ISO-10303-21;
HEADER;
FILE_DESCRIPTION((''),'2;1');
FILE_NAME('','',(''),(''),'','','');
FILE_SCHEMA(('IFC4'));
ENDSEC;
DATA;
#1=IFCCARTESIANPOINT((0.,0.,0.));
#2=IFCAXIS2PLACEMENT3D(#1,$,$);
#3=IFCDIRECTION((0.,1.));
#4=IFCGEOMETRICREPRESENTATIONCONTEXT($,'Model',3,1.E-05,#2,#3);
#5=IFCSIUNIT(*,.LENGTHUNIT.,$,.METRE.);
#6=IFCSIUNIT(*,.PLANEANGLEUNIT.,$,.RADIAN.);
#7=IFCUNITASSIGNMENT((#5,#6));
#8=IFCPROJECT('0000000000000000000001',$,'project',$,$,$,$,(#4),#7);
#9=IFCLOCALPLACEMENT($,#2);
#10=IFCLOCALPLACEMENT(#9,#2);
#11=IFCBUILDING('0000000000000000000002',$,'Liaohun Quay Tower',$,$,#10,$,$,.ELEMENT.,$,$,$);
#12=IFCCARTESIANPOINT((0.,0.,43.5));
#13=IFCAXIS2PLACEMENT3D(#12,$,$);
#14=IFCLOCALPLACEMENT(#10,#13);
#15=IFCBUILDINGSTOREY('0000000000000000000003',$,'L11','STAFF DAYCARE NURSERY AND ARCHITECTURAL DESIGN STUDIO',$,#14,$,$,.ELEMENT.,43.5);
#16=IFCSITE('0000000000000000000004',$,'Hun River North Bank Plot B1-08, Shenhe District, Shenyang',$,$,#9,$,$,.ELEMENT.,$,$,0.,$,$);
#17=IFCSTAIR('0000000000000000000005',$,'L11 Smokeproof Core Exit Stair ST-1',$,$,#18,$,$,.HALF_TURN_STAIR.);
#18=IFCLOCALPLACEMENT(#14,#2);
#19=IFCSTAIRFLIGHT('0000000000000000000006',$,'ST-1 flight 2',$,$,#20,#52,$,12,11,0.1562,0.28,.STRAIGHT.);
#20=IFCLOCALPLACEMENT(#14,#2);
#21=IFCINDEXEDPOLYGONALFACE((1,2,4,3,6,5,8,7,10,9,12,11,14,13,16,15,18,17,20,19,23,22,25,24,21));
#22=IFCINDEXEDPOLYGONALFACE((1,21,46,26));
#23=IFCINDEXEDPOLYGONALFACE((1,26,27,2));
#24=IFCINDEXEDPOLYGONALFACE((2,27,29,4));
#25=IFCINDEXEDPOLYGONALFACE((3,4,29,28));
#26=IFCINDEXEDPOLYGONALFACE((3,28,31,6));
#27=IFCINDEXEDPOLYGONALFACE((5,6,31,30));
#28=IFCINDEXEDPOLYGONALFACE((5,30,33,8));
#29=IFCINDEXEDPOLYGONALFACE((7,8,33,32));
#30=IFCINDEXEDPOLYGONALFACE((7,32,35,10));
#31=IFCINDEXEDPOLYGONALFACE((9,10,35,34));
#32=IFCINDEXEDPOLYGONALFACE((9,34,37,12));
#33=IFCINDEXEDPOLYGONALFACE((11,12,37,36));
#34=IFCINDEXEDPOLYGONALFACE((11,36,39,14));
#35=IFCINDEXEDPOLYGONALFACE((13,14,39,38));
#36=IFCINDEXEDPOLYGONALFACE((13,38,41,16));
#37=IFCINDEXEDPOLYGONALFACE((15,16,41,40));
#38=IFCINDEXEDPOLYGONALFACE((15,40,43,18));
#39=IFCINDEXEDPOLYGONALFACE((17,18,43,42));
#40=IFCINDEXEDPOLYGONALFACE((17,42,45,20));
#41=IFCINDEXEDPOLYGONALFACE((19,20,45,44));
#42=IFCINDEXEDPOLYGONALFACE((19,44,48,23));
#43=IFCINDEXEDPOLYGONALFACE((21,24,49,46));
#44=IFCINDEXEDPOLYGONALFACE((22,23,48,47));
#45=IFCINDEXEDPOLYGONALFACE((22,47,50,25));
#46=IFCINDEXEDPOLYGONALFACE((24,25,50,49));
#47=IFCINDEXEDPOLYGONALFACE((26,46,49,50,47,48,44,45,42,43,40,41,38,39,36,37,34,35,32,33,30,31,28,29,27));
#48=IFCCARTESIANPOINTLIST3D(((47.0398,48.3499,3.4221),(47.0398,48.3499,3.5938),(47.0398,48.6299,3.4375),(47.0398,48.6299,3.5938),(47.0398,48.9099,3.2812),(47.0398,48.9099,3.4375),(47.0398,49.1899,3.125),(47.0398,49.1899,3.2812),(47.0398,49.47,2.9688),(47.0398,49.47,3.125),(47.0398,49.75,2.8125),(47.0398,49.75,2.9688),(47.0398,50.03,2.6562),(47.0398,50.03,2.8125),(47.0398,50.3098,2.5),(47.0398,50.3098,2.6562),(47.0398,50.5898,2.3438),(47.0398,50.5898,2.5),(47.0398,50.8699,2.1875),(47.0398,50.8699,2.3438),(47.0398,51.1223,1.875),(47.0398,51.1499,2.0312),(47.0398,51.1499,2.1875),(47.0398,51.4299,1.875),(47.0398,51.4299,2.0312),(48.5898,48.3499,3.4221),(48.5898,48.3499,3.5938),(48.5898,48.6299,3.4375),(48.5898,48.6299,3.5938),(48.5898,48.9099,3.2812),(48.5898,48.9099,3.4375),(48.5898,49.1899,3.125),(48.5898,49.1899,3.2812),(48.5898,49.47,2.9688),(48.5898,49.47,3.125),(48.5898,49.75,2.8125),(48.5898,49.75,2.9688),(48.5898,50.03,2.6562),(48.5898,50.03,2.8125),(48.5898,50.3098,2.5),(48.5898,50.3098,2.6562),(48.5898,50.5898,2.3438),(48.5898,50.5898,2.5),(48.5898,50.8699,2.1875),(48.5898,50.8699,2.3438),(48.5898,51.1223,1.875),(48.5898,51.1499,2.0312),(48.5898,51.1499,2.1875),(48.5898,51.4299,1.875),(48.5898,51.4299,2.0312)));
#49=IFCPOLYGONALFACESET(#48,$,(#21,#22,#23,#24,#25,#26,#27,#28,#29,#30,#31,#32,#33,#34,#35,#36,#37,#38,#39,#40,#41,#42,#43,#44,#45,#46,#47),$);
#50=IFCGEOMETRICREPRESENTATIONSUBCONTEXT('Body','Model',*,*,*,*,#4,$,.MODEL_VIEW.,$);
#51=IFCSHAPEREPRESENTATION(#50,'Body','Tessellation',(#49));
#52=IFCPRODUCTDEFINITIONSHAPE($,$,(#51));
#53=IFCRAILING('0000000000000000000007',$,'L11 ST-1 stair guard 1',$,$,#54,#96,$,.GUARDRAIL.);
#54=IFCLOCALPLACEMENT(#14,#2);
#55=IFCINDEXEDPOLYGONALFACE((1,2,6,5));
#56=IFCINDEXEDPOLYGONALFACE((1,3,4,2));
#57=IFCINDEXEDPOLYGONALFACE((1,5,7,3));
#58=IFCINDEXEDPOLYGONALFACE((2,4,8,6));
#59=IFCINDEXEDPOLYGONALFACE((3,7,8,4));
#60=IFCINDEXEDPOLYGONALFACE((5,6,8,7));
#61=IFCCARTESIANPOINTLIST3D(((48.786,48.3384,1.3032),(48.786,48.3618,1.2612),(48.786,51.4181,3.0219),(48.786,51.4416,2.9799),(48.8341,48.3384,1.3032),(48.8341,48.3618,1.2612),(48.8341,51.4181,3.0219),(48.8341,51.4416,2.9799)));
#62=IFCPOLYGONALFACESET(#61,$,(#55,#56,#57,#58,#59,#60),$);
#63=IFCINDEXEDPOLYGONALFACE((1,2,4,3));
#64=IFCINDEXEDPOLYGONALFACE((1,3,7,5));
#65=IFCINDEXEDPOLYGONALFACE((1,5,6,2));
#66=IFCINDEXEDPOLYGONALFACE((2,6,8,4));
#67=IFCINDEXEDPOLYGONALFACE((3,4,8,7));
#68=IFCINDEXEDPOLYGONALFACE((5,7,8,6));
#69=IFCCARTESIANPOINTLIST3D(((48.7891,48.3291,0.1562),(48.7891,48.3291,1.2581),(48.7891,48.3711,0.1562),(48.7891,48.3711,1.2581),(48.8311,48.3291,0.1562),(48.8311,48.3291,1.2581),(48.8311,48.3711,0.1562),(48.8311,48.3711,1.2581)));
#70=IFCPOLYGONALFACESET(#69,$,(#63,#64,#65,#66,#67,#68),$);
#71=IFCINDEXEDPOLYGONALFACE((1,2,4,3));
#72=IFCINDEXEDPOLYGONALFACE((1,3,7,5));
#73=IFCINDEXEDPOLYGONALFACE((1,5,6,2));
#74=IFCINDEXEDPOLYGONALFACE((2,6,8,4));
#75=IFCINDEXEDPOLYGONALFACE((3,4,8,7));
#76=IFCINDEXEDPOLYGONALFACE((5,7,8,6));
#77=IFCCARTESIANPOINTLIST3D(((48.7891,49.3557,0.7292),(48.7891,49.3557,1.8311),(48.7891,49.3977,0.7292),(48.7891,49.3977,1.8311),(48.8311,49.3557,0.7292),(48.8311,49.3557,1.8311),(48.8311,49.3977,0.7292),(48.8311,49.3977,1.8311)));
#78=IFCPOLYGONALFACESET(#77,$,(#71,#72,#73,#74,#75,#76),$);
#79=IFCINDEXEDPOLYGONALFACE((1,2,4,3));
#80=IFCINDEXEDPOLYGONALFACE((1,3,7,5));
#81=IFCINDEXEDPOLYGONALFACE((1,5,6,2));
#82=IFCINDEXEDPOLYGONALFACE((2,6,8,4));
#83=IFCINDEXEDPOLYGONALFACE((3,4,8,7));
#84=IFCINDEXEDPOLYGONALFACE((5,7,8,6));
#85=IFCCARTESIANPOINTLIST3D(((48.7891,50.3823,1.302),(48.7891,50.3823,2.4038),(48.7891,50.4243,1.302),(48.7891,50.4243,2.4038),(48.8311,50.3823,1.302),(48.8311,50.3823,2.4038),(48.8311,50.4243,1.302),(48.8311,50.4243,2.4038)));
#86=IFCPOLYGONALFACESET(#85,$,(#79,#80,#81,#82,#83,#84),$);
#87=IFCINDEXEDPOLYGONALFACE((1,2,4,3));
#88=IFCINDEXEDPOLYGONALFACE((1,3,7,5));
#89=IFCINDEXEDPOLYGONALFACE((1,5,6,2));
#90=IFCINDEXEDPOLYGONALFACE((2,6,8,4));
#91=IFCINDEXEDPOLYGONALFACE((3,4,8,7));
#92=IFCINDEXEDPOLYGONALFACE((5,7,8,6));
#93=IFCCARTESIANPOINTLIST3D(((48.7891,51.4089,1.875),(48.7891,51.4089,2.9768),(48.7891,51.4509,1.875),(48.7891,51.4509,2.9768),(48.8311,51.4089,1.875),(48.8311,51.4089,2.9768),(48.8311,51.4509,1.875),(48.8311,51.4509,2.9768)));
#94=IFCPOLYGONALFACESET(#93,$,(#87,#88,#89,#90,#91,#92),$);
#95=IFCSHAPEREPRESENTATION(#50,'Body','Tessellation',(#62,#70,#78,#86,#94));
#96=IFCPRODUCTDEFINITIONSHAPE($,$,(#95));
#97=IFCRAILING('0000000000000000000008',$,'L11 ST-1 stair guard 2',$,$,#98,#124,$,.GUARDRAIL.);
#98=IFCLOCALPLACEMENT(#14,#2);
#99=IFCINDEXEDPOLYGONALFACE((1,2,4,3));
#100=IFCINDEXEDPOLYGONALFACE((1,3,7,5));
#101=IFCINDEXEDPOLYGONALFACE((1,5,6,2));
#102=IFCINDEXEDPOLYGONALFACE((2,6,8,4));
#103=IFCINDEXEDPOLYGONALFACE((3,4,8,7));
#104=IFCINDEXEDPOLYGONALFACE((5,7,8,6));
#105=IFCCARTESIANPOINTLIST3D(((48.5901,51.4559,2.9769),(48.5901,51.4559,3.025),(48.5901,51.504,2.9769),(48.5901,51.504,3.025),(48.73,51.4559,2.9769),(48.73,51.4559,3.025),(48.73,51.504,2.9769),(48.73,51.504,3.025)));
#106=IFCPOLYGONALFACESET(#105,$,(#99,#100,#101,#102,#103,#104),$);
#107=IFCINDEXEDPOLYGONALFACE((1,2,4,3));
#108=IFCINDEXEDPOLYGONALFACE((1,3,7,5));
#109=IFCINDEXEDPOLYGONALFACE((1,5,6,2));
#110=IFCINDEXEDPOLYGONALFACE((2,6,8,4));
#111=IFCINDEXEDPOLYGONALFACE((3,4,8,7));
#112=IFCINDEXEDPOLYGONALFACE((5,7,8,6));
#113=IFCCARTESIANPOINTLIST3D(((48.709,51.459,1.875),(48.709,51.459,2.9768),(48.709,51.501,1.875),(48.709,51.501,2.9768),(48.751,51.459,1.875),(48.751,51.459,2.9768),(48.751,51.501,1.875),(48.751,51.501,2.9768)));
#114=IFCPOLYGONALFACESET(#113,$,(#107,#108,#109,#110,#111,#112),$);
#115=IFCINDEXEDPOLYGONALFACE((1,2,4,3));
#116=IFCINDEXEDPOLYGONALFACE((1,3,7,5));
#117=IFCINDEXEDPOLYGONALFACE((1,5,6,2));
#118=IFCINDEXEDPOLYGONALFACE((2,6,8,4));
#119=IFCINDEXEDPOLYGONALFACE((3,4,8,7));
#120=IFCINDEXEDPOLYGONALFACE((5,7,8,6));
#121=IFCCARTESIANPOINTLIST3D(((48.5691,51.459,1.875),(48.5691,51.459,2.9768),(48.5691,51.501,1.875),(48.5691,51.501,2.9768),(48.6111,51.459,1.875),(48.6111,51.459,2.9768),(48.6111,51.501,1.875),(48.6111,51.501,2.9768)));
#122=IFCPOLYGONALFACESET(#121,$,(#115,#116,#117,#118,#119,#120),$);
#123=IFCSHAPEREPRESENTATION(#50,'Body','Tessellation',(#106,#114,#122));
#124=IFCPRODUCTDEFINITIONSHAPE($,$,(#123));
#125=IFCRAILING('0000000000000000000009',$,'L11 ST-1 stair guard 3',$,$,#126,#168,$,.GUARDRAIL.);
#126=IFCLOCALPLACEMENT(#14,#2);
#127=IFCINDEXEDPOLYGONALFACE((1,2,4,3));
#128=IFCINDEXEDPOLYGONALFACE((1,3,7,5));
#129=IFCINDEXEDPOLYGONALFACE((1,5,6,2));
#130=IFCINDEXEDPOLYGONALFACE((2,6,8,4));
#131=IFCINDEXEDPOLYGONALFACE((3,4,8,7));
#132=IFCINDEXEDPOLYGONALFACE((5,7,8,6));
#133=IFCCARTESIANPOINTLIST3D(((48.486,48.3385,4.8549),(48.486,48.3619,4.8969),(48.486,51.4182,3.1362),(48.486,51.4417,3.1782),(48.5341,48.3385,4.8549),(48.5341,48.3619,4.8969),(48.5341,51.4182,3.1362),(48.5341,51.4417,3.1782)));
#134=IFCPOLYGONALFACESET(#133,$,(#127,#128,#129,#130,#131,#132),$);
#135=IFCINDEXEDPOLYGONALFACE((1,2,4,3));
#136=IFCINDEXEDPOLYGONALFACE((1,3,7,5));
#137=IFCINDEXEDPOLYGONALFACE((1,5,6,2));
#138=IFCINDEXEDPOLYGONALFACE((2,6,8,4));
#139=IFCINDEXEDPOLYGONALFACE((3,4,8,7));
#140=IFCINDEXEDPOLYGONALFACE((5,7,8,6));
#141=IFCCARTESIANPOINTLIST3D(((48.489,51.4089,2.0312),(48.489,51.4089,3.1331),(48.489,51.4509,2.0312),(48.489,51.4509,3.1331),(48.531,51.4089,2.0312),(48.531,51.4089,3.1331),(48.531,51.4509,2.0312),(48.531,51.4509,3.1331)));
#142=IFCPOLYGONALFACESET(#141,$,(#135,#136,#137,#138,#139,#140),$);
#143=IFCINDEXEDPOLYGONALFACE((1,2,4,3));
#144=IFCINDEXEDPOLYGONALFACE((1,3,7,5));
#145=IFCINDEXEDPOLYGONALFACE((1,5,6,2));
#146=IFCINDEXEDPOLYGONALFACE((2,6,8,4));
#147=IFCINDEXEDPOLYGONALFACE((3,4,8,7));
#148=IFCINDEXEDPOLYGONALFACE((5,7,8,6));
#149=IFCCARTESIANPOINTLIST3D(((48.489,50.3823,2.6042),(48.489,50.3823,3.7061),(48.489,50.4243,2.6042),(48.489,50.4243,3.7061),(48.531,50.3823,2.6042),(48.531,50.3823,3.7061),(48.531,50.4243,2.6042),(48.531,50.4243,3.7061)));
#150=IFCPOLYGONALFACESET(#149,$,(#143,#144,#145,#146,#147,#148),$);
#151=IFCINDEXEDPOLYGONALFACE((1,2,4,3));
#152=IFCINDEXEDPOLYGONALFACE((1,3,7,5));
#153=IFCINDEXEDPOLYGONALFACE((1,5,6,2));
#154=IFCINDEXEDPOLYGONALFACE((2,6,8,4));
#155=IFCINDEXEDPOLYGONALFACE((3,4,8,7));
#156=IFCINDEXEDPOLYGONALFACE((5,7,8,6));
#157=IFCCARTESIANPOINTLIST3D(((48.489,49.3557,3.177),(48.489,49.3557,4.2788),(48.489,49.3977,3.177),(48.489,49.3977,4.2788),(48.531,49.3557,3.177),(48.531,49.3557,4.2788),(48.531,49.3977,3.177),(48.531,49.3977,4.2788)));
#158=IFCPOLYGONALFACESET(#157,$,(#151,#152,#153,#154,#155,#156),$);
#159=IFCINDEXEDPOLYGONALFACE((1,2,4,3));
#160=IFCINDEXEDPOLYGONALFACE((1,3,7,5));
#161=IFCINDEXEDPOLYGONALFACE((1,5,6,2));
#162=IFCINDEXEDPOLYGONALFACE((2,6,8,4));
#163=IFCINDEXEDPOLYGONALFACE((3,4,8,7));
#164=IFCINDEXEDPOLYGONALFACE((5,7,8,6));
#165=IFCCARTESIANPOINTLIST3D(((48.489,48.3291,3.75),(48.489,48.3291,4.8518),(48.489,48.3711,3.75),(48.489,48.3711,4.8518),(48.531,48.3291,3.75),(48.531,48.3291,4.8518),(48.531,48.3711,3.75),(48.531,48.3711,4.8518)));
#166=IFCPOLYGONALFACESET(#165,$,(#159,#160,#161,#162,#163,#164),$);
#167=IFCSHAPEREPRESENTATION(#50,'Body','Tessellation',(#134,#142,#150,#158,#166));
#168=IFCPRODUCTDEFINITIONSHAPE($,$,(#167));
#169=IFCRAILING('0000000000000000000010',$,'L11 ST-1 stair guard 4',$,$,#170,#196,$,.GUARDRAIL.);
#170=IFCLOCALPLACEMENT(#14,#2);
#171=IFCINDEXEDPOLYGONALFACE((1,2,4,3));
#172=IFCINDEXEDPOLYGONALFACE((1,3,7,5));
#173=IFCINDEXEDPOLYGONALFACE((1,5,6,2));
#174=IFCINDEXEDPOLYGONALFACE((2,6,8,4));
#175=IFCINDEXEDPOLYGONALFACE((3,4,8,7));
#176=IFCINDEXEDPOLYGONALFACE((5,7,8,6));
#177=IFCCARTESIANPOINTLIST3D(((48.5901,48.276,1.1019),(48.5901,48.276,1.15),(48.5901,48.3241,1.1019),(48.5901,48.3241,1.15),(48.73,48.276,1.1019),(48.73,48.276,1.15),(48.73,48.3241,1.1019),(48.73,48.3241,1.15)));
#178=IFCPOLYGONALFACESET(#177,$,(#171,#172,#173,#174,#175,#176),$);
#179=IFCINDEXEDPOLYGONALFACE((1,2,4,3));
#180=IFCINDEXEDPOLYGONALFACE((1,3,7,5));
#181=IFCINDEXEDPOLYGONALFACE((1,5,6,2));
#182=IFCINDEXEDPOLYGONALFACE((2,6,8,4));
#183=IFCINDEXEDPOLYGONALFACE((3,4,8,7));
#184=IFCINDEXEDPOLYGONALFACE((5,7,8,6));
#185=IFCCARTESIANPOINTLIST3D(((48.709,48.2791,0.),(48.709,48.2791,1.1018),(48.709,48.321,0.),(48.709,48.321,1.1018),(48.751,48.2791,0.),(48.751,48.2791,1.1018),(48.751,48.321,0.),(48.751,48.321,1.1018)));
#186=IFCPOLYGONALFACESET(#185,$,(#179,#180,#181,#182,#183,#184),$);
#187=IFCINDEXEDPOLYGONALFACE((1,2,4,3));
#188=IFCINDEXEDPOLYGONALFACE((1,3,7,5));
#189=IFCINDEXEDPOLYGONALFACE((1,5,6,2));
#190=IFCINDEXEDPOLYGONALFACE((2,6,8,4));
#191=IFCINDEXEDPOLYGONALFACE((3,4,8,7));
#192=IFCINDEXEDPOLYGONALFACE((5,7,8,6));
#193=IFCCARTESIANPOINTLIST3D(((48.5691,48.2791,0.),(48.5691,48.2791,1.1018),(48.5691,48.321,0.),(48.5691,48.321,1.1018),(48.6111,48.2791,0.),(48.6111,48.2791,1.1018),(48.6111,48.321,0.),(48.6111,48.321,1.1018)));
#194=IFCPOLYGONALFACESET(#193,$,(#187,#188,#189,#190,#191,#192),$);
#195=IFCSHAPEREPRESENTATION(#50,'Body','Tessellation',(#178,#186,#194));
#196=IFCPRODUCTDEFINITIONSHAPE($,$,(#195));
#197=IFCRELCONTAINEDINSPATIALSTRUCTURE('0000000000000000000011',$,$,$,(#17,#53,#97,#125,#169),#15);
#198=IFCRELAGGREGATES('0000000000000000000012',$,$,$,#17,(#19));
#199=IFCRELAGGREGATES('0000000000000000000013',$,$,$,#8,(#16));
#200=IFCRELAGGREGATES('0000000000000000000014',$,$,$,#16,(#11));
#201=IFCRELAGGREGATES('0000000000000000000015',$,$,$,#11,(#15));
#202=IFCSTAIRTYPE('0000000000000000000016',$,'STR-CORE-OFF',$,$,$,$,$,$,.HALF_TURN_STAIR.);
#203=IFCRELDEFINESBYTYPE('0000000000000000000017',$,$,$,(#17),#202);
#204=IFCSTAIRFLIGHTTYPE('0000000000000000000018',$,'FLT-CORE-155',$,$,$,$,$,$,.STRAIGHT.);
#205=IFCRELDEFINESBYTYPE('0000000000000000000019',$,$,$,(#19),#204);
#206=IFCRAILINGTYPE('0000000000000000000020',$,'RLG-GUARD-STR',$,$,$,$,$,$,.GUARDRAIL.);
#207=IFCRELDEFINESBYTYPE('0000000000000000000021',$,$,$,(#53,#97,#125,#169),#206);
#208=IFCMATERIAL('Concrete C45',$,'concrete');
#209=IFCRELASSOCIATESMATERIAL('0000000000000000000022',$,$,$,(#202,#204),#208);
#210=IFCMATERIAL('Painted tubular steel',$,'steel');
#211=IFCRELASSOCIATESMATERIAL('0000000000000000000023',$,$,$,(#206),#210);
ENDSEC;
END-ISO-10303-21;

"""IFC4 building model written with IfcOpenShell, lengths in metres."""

from ifc_helpers import new_model, si_unit, direction, frame, origin, origin_2d, place, context, subcontext, project, spatial, polyline, rectangle, outline, extrude, material, type_object, element, aggregate, save


model = new_model("IFC4")

# Units and contexts
model_context = context("Model", 3, precision=1e-05, world=origin(), true_north=direction((0.0, 1.0)))
body_context = subcontext(model_context, "Body", "Model", "MODEL_VIEW")
ifc_project = project(units=[si_unit("LENGTHUNIT", "METRE"), si_unit("PLANEANGLEUNIT", "RADIAN")], contexts=[model_context])

# Site, building, storey
site_placement = place(None, origin())
site = spatial("IfcSite", under=ifc_project, at=site_placement, Name="Hun River North Bank Plot B1-08, Shenhe District, Shenyang", CompositionType="ELEMENT", RefElevation=0.0)
building_placement = place(site_placement, origin())
building = spatial("IfcBuilding", under=site, at=building_placement, Name="Liaohun Quay Tower", CompositionType="ELEMENT")
storey_placement = place(building_placement, frame((0.0, 0.0, 43.5)))
storey = spatial("IfcBuildingStorey", under=building, at=storey_placement, Name="L11", Description="STAFF DAYCARE NURSERY AND ARCHITECTURAL DESIGN STUDIO", CompositionType="ELEMENT", Elevation=43.5)

# Stair, stair flight
ifc_material_1 = material(Name="Concrete C45", Category="concrete")
stair_type = type_object("IfcStairType", Name="STR-CORE-OFF", PredefinedType="HALF_TURN_STAIR", material=ifc_material_1)
stair_placement = place(storey_placement, origin())
stair = element("IfcStair", 1, at=stair_placement, inside=storey, type_object=stair_type, Name="L11 Smokeproof Core Exit Stair ST-1", PredefinedType="HALF_TURN_STAIR")
stair_flight_type = type_object("IfcStairFlightType", Name="FLT-CORE-155", PredefinedType="STRAIGHT", material=ifc_material_1)
stair_flight_1_placement = place(storey_placement, frame((47.8149, 51.4299, 1.875), z_axis=(0.0, 0.0, 1.0), x_axis=(0.0, -1.0, 0.0)))
stair_flight_1 = element("IfcStairFlight", 2, at=stair_flight_1_placement, type_object=stair_flight_type, Name="ST-1 flight 2", NumberOfRisers=12, NumberOfTreads=11, PredefinedType="STRAIGHT", RiserHeight=0.1562, TreadLength=0.28, context=body_context, shape_type="SweptSolid", body=[
    extrude(outline(polyline([(0.0, 0.0), (0.0, 0.1562), (0.28, 0.1562), (0.28, 0.3125), (0.5601, 0.3125), (0.5601, 0.4688), (0.8401, 0.4688), (0.8401, 0.625), (1.1201, 0.625), (1.1201, 0.7812), (1.3999, 0.7812), (1.3999, 0.9375), (1.6799, 0.9375), (1.6799, 1.0938), (1.96, 1.0938), (1.96, 1.25), (2.24, 1.25), (2.24, 1.4062), (2.52, 1.4062), (2.52, 1.5625), (2.8, 1.5625), (2.8, 1.7188), (3.0801, 1.7188), (3.0801, 1.875), (3.0801, 1.5471), (0.3076, 0.0), (0.0, 0.0)])), frame((0.0, 0.7749, 0.0), z_axis=(0.0, -1.0, 0.0), x_axis=(1.0, 0.0, 0.0)), (0.0, 0.0, 1.0), 1.55),
])
aggregate(stair, [stair_flight_1])

# Railings
ifc_material_2 = material(Name="Painted tubular steel", Category="steel")
railing_type_1 = type_object("IfcRailingType", Name="RLG-GUARD-STR", PredefinedType="GUARDRAIL", material=ifc_material_2)
railing_1_placement = place(storey_placement, frame((48.8101, 48.3501, 0.1562)))
element("IfcRailing", 3, at=railing_1_placement, inside=storey, type_object=railing_type_1, Name="L11 ST-1 stair guard 1", PredefinedType="GUARDRAIL", context=body_context, shape_type="SweptSolid", body=[
    extrude(rectangle(XDim=0.0481, YDim=0.0481, at=origin_2d()), frame((0.0, 0.0, 1.126), z_axis=(0.0, 0.873225, 0.487317), x_axis=(-1.0, 0.0, 0.0)), (0.0, 0.0, 1.0), 3.5269),
    extrude(rectangle(XDim=0.042, YDim=0.042, at=origin_2d()), origin(), (0.0, 0.0, 1.0), 1.1018),
    extrude(rectangle(XDim=0.042, YDim=0.042, at=origin_2d()), frame((0.0, 1.0266, 0.573)), (0.0, 0.0, 1.0), 1.1018),
    extrude(rectangle(XDim=0.042, YDim=0.042, at=origin_2d()), frame((0.0, 2.0532, 1.1458)), (0.0, 0.0, 1.0), 1.1018),
    extrude(rectangle(XDim=0.042, YDim=0.042, at=origin_2d()), frame((0.0, 3.0798, 1.7188)), (0.0, 0.0, 1.0), 1.1018),
])
railing_2_placement = place(storey_placement, frame((48.73, 51.48, 1.875)))
element("IfcRailing", 4, at=railing_2_placement, inside=storey, type_object=railing_type_1, Name="L11 ST-1 stair guard 2", PredefinedType="GUARDRAIL", context=body_context, shape_type="SweptSolid", body=[
    extrude(rectangle(XDim=0.0481, YDim=0.0481, at=origin_2d()), frame((0.0, 0.0, 1.126), z_axis=(-1.0, 0.0, 0.0), x_axis=(0.0, -1.0, 0.0)), (0.0, 0.0, 1.0), 0.1399),
    extrude(rectangle(XDim=0.042, YDim=0.042, at=origin_2d()), origin(), (0.0, 0.0, 1.0), 1.1018),
    extrude(rectangle(XDim=0.042, YDim=0.042, at=origin_2d()), frame((-0.1399, 0.0, 0.0)), (0.0, 0.0, 1.0), 1.1018),
])
railing_3_placement = place(storey_placement, frame((48.51, 51.4299, 2.0312)))
element("IfcRailing", 5, at=railing_3_placement, inside=storey, type_object=railing_type_1, Name="L11 ST-1 stair guard 3", PredefinedType="GUARDRAIL", context=body_context, shape_type="SweptSolid", body=[
    extrude(rectangle(XDim=0.0481, YDim=0.0481, at=origin_2d()), frame((0.0, 0.0, 1.126), z_axis=(0.0, -0.873225, 0.487317), x_axis=(1.0, 0.0, 0.0)), (0.0, 0.0, 1.0), 3.5269),
    extrude(rectangle(XDim=0.042, YDim=0.042, at=origin_2d()), origin(), (0.0, 0.0, 1.0), 1.1018),
    extrude(rectangle(XDim=0.042, YDim=0.042, at=origin_2d()), frame((0.0, -1.0266, 0.573)), (0.0, 0.0, 1.0), 1.1018),
    extrude(rectangle(XDim=0.042, YDim=0.042, at=origin_2d()), frame((0.0, -2.0532, 1.1458)), (0.0, 0.0, 1.0), 1.1018),
    extrude(rectangle(XDim=0.042, YDim=0.042, at=origin_2d()), frame((0.0, -3.0798, 1.7188)), (0.0, 0.0, 1.0), 1.1018),
])
railing_4_placement = place(storey_placement, frame((48.73, 48.3, 0.0)))
element("IfcRailing", 6, at=railing_4_placement, inside=storey, type_object=railing_type_1, Name="L11 ST-1 stair guard 4", PredefinedType="GUARDRAIL", context=body_context, shape_type="SweptSolid", body=[
    extrude(rectangle(XDim=0.0481, YDim=0.0481, at=origin_2d()), frame((0.0, 0.0, 1.126), z_axis=(-1.0, 0.0, 0.0), x_axis=(0.0, -1.0, 0.0)), (0.0, 0.0, 1.0), 0.1399),
    extrude(rectangle(XDim=0.042, YDim=0.042, at=origin_2d()), origin(), (0.0, 0.0, 1.0), 1.1018),
    extrude(rectangle(XDim=0.042, YDim=0.042, at=origin_2d()), frame((-0.1399, 0.0, 0.0)), (0.0, 0.0, 1.0), 1.1018),
])

save(model, "model.ifc")
